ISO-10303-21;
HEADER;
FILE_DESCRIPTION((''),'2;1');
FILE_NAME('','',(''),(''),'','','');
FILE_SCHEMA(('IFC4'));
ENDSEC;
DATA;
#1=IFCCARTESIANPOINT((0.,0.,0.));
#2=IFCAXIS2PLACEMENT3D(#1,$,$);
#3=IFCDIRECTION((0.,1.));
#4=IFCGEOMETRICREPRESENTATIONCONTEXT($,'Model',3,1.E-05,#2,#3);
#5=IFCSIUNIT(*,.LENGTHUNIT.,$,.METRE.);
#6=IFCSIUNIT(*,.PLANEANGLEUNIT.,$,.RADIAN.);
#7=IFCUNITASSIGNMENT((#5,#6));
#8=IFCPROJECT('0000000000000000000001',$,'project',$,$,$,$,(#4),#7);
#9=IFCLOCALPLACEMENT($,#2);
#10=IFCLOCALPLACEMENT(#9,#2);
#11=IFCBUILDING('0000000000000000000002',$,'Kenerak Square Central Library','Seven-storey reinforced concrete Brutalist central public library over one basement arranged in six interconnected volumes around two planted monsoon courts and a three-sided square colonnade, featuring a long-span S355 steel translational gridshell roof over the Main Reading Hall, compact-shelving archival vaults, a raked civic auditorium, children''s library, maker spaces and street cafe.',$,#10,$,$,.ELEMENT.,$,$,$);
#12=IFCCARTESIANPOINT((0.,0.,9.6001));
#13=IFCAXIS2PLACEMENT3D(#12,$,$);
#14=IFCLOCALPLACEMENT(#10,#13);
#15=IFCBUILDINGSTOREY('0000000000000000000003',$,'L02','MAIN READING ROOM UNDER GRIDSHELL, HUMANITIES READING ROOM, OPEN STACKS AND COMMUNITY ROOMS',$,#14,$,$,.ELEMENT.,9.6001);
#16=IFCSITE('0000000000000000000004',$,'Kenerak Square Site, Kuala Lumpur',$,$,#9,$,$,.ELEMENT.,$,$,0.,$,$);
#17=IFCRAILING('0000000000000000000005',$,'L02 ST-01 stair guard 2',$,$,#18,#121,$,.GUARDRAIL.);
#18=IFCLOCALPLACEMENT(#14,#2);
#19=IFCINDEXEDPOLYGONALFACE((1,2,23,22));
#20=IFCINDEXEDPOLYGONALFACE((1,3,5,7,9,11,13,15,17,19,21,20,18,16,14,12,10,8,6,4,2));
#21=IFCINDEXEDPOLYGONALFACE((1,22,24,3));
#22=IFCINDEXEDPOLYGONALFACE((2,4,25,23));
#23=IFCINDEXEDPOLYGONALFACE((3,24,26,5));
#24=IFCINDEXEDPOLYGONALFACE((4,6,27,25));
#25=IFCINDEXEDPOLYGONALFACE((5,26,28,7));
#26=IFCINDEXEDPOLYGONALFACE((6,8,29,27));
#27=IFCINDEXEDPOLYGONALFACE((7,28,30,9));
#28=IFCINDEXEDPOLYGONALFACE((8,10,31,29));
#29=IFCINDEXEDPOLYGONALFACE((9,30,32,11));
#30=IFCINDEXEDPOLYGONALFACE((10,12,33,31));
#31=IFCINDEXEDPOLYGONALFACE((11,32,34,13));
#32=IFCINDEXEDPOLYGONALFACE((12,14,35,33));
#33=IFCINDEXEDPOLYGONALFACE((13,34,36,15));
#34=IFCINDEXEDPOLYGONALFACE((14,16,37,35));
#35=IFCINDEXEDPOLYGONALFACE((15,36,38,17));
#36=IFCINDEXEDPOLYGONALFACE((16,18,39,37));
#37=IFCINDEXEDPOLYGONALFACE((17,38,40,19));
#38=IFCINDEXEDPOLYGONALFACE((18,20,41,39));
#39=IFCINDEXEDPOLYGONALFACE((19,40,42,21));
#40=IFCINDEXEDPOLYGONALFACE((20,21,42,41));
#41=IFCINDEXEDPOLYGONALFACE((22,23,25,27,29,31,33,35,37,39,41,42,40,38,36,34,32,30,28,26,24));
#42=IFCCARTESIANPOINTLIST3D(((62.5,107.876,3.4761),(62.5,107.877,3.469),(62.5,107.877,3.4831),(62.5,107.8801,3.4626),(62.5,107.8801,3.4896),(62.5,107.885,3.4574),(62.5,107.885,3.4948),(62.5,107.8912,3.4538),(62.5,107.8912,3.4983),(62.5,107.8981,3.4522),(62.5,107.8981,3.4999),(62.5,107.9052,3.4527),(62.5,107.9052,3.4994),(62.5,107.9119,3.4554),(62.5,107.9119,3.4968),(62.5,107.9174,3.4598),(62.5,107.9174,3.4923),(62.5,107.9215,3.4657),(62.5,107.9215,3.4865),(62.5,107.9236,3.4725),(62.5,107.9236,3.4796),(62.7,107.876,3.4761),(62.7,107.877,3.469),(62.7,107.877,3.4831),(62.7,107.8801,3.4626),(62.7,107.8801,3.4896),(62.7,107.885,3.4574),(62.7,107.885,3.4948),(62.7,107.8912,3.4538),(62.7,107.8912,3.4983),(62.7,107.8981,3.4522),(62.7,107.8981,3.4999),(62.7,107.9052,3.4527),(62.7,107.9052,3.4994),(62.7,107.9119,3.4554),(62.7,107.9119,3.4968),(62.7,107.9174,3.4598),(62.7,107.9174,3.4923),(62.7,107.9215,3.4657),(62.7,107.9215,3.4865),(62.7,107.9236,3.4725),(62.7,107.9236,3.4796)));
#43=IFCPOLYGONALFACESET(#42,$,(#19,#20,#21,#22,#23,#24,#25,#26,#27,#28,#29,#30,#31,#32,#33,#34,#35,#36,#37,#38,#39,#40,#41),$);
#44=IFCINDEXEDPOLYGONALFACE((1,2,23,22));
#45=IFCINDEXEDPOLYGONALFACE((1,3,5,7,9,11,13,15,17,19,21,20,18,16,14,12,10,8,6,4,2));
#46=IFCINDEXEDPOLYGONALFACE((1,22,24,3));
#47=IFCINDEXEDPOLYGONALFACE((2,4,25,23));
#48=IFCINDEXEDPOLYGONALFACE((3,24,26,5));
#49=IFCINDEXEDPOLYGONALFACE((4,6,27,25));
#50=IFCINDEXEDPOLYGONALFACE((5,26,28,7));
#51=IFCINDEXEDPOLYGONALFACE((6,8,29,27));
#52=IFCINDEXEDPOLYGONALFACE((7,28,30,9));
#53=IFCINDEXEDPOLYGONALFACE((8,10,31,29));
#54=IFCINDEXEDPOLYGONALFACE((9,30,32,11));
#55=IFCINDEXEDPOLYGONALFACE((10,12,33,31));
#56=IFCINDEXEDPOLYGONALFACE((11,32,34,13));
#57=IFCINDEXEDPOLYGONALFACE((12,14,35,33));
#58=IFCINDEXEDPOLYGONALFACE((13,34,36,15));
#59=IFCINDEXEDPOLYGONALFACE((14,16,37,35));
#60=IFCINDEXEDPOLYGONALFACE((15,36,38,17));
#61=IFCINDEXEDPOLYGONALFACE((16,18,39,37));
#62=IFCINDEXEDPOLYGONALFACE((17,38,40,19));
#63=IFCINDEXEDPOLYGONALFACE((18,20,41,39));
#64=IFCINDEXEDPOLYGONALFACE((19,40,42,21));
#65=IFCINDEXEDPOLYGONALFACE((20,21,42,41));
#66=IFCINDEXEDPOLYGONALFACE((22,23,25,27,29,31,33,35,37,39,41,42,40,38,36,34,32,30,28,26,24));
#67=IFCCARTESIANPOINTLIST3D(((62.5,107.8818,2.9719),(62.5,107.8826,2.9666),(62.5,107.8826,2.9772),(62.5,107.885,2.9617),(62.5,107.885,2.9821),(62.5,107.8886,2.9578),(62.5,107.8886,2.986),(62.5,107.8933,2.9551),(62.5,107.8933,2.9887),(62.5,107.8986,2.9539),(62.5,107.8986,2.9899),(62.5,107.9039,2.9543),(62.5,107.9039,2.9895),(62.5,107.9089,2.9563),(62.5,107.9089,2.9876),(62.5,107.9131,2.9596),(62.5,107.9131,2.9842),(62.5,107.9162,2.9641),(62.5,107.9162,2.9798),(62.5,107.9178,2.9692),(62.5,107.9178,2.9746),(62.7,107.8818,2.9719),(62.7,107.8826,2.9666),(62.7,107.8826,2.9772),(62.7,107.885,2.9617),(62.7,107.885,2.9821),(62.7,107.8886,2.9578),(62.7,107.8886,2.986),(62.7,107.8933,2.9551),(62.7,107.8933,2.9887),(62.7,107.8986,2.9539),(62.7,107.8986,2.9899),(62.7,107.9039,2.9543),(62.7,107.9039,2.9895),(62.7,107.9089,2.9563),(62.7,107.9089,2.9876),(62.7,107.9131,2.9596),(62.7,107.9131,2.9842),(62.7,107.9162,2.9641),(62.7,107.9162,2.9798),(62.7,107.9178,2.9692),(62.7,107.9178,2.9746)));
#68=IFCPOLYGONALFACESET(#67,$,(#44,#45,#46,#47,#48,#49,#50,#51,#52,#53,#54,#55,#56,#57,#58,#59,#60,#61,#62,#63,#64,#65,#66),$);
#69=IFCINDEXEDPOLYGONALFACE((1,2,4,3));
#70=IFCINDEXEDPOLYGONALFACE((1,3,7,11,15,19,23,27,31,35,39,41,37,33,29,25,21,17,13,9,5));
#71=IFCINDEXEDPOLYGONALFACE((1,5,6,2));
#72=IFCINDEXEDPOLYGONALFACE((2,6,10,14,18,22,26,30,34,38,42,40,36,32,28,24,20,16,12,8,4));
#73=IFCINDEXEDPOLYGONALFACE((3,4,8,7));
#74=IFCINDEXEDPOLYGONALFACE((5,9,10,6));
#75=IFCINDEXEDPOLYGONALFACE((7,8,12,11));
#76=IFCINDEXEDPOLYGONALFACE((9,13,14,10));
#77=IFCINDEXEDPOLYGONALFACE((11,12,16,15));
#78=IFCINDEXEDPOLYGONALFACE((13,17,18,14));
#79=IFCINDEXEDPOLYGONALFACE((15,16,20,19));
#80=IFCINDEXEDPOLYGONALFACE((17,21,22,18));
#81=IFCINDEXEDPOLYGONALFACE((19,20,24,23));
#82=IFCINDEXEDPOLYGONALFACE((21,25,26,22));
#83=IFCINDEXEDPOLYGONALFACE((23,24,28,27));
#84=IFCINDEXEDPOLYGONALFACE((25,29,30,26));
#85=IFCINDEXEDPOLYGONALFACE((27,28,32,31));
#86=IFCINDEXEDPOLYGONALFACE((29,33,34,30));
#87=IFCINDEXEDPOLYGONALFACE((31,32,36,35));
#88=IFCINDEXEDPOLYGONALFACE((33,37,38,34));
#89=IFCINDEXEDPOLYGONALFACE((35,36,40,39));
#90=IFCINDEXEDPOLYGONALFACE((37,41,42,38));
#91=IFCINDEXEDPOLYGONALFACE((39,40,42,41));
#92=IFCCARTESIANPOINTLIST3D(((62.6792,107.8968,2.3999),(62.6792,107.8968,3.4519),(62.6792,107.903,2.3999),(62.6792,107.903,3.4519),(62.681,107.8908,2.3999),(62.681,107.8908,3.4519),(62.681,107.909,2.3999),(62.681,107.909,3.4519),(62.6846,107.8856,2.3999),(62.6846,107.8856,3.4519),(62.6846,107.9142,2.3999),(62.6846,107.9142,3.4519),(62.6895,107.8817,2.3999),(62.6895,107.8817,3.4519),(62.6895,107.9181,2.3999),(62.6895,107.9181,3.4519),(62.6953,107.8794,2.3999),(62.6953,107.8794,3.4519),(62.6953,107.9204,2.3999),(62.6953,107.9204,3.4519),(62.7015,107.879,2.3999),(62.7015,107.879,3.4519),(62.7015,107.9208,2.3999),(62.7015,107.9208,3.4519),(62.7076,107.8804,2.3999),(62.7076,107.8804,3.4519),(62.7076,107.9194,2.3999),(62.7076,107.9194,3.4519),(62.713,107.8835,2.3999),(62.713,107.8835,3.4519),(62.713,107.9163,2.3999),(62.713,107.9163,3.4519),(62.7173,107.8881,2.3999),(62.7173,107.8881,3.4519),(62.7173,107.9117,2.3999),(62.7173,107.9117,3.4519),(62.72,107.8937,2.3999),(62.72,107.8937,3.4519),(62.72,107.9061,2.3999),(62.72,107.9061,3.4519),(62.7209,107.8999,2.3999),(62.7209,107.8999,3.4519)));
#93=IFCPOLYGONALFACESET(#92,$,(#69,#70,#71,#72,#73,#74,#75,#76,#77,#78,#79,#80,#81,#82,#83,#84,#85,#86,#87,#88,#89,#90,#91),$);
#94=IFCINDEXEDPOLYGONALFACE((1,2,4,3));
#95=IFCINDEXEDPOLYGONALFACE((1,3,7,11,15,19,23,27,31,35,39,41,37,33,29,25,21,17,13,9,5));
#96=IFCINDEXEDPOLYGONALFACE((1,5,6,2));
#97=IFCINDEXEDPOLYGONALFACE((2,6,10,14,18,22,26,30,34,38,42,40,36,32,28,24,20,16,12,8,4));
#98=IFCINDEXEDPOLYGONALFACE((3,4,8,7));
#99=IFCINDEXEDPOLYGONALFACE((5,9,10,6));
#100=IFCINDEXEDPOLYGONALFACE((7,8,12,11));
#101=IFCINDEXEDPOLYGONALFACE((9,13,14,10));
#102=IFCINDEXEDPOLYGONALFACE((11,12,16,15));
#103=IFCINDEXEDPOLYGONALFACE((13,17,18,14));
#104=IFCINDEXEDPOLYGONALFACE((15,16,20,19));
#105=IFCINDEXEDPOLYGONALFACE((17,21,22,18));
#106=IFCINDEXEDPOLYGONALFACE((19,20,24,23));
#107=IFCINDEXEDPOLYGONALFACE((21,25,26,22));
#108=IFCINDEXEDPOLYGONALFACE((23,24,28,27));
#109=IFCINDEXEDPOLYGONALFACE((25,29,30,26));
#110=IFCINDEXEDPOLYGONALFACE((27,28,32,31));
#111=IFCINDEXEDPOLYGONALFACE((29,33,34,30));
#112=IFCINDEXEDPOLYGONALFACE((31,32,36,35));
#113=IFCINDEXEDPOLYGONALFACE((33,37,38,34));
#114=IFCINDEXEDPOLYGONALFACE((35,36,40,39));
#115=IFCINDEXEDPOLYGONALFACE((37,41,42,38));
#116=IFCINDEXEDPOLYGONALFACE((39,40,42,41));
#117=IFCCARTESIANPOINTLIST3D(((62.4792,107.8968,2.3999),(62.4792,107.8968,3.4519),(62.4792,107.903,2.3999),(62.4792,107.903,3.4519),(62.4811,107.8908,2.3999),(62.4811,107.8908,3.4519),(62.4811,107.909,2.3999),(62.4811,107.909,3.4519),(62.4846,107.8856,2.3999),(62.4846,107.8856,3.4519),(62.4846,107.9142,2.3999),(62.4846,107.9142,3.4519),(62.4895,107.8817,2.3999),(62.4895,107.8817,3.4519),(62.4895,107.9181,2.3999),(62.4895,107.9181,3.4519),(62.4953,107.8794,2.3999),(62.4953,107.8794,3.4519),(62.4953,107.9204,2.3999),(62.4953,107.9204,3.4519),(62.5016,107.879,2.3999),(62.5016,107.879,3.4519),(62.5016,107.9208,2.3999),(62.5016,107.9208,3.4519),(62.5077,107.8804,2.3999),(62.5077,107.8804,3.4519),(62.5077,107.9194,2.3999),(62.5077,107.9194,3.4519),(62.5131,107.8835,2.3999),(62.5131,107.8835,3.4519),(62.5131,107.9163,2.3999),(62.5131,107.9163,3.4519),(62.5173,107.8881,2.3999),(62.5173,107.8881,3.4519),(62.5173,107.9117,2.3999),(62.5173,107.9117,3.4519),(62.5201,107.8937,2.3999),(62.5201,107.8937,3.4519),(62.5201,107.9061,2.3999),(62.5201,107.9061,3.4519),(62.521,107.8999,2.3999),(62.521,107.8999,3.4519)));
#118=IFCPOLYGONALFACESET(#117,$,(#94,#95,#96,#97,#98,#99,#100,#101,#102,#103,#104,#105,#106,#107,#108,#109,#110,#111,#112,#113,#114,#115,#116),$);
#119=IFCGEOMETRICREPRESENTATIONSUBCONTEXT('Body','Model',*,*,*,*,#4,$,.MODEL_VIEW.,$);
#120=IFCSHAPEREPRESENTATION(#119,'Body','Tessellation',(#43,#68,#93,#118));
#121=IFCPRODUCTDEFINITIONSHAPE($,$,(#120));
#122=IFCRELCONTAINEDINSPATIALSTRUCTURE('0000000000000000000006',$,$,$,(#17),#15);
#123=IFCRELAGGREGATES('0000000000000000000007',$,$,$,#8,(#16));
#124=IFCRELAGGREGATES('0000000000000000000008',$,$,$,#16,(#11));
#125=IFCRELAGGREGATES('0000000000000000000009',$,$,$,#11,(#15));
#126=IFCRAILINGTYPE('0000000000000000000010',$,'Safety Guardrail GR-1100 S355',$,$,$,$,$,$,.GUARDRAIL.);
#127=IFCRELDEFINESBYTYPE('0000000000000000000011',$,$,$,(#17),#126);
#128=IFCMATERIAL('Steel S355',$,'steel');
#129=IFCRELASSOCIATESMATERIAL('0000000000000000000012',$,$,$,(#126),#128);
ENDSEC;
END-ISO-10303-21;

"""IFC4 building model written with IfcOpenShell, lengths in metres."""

from ifc_helpers import new_model, si_unit, direction, frame, origin, origin_2d, place, context, subcontext, project, spatial, circle, extrude, material, type_object, element, save


model = new_model("IFC4")

# Units and contexts
model_context = context("Model", 3, precision=1e-05, world=origin(), true_north=direction((0.0, 1.0)))
body_context = subcontext(model_context, "Body", "Model", "MODEL_VIEW")
ifc_project = project(units=[si_unit("LENGTHUNIT", "METRE"), si_unit("PLANEANGLEUNIT", "RADIAN")], contexts=[model_context])

# Site, building, storey
site_placement = place(None, origin())
site = spatial("IfcSite", under=ifc_project, at=site_placement, Name="Kenerak Square Site, Kuala Lumpur", CompositionType="ELEMENT", RefElevation=0.0)
building_placement = place(site_placement, origin())
building = spatial("IfcBuilding", under=site, at=building_placement, Name="Kenerak Square Central Library", Description="Seven-storey reinforced concrete Brutalist central public library over one basement arranged in six interconnected volumes around two planted monsoon courts and a three-sided square colonnade, featuring a long-span S355 steel translational gridshell roof over the Main Reading Hall, compact-shelving archival vaults, a raked civic auditorium, children's library, maker spaces and street cafe.", CompositionType="ELEMENT")
storey_placement = place(building_placement, frame((0.0, 0.0, 9.6001)))
storey = spatial("IfcBuildingStorey", under=building, at=storey_placement, Name="L02", Description="MAIN READING ROOM UNDER GRIDSHELL, HUMANITIES READING ROOM, OPEN STACKS AND COMMUNITY ROOMS", CompositionType="ELEMENT", Elevation=9.6001)

# Shared definitions
ifc_material_1 = material(Name="Steel S355", Category="steel")

# Railing
railing_type_1 = type_object("IfcRailingType", Name="Safety Guardrail GR-1100 S355", PredefinedType="GUARDRAIL", material=ifc_material_1)
railing_1_placement = place(storey_placement, frame((62.7, 107.8999, 2.3999)))
element("IfcRailing", 1, at=railing_1_placement, inside=storey, type_object=railing_type_1, Name="L02 ST-01 stair guard 2", PredefinedType="GUARDRAIL", context=body_context, shape_type="SweptSolid", body=[
    extrude(circle(Radius=0.0239, at=origin_2d()), frame((0.0, 0.0, 1.0762), z_axis=(-1.0, 0.0, 0.0), x_axis=(0.0, -1.0, 0.0)), (0.0, 0.0, 1.0), 0.2),
    extrude(circle(Radius=0.0181, at=origin_2d()), frame((0.0, 0.0, 0.572), z_axis=(-1.0, 0.0, 0.0), x_axis=(0.0, -1.0, 0.0)), (0.0, 0.0, 1.0), 0.2),
    extrude(circle(Radius=0.021, at=origin_2d()), origin(), (0.0, 0.0, 1.0), 1.052),
    extrude(circle(Radius=0.021, at=origin_2d()), frame((-0.2, 0.0, 0.0)), (0.0, 0.0, 1.0), 1.052),
])

save(model, "model.ifc")
